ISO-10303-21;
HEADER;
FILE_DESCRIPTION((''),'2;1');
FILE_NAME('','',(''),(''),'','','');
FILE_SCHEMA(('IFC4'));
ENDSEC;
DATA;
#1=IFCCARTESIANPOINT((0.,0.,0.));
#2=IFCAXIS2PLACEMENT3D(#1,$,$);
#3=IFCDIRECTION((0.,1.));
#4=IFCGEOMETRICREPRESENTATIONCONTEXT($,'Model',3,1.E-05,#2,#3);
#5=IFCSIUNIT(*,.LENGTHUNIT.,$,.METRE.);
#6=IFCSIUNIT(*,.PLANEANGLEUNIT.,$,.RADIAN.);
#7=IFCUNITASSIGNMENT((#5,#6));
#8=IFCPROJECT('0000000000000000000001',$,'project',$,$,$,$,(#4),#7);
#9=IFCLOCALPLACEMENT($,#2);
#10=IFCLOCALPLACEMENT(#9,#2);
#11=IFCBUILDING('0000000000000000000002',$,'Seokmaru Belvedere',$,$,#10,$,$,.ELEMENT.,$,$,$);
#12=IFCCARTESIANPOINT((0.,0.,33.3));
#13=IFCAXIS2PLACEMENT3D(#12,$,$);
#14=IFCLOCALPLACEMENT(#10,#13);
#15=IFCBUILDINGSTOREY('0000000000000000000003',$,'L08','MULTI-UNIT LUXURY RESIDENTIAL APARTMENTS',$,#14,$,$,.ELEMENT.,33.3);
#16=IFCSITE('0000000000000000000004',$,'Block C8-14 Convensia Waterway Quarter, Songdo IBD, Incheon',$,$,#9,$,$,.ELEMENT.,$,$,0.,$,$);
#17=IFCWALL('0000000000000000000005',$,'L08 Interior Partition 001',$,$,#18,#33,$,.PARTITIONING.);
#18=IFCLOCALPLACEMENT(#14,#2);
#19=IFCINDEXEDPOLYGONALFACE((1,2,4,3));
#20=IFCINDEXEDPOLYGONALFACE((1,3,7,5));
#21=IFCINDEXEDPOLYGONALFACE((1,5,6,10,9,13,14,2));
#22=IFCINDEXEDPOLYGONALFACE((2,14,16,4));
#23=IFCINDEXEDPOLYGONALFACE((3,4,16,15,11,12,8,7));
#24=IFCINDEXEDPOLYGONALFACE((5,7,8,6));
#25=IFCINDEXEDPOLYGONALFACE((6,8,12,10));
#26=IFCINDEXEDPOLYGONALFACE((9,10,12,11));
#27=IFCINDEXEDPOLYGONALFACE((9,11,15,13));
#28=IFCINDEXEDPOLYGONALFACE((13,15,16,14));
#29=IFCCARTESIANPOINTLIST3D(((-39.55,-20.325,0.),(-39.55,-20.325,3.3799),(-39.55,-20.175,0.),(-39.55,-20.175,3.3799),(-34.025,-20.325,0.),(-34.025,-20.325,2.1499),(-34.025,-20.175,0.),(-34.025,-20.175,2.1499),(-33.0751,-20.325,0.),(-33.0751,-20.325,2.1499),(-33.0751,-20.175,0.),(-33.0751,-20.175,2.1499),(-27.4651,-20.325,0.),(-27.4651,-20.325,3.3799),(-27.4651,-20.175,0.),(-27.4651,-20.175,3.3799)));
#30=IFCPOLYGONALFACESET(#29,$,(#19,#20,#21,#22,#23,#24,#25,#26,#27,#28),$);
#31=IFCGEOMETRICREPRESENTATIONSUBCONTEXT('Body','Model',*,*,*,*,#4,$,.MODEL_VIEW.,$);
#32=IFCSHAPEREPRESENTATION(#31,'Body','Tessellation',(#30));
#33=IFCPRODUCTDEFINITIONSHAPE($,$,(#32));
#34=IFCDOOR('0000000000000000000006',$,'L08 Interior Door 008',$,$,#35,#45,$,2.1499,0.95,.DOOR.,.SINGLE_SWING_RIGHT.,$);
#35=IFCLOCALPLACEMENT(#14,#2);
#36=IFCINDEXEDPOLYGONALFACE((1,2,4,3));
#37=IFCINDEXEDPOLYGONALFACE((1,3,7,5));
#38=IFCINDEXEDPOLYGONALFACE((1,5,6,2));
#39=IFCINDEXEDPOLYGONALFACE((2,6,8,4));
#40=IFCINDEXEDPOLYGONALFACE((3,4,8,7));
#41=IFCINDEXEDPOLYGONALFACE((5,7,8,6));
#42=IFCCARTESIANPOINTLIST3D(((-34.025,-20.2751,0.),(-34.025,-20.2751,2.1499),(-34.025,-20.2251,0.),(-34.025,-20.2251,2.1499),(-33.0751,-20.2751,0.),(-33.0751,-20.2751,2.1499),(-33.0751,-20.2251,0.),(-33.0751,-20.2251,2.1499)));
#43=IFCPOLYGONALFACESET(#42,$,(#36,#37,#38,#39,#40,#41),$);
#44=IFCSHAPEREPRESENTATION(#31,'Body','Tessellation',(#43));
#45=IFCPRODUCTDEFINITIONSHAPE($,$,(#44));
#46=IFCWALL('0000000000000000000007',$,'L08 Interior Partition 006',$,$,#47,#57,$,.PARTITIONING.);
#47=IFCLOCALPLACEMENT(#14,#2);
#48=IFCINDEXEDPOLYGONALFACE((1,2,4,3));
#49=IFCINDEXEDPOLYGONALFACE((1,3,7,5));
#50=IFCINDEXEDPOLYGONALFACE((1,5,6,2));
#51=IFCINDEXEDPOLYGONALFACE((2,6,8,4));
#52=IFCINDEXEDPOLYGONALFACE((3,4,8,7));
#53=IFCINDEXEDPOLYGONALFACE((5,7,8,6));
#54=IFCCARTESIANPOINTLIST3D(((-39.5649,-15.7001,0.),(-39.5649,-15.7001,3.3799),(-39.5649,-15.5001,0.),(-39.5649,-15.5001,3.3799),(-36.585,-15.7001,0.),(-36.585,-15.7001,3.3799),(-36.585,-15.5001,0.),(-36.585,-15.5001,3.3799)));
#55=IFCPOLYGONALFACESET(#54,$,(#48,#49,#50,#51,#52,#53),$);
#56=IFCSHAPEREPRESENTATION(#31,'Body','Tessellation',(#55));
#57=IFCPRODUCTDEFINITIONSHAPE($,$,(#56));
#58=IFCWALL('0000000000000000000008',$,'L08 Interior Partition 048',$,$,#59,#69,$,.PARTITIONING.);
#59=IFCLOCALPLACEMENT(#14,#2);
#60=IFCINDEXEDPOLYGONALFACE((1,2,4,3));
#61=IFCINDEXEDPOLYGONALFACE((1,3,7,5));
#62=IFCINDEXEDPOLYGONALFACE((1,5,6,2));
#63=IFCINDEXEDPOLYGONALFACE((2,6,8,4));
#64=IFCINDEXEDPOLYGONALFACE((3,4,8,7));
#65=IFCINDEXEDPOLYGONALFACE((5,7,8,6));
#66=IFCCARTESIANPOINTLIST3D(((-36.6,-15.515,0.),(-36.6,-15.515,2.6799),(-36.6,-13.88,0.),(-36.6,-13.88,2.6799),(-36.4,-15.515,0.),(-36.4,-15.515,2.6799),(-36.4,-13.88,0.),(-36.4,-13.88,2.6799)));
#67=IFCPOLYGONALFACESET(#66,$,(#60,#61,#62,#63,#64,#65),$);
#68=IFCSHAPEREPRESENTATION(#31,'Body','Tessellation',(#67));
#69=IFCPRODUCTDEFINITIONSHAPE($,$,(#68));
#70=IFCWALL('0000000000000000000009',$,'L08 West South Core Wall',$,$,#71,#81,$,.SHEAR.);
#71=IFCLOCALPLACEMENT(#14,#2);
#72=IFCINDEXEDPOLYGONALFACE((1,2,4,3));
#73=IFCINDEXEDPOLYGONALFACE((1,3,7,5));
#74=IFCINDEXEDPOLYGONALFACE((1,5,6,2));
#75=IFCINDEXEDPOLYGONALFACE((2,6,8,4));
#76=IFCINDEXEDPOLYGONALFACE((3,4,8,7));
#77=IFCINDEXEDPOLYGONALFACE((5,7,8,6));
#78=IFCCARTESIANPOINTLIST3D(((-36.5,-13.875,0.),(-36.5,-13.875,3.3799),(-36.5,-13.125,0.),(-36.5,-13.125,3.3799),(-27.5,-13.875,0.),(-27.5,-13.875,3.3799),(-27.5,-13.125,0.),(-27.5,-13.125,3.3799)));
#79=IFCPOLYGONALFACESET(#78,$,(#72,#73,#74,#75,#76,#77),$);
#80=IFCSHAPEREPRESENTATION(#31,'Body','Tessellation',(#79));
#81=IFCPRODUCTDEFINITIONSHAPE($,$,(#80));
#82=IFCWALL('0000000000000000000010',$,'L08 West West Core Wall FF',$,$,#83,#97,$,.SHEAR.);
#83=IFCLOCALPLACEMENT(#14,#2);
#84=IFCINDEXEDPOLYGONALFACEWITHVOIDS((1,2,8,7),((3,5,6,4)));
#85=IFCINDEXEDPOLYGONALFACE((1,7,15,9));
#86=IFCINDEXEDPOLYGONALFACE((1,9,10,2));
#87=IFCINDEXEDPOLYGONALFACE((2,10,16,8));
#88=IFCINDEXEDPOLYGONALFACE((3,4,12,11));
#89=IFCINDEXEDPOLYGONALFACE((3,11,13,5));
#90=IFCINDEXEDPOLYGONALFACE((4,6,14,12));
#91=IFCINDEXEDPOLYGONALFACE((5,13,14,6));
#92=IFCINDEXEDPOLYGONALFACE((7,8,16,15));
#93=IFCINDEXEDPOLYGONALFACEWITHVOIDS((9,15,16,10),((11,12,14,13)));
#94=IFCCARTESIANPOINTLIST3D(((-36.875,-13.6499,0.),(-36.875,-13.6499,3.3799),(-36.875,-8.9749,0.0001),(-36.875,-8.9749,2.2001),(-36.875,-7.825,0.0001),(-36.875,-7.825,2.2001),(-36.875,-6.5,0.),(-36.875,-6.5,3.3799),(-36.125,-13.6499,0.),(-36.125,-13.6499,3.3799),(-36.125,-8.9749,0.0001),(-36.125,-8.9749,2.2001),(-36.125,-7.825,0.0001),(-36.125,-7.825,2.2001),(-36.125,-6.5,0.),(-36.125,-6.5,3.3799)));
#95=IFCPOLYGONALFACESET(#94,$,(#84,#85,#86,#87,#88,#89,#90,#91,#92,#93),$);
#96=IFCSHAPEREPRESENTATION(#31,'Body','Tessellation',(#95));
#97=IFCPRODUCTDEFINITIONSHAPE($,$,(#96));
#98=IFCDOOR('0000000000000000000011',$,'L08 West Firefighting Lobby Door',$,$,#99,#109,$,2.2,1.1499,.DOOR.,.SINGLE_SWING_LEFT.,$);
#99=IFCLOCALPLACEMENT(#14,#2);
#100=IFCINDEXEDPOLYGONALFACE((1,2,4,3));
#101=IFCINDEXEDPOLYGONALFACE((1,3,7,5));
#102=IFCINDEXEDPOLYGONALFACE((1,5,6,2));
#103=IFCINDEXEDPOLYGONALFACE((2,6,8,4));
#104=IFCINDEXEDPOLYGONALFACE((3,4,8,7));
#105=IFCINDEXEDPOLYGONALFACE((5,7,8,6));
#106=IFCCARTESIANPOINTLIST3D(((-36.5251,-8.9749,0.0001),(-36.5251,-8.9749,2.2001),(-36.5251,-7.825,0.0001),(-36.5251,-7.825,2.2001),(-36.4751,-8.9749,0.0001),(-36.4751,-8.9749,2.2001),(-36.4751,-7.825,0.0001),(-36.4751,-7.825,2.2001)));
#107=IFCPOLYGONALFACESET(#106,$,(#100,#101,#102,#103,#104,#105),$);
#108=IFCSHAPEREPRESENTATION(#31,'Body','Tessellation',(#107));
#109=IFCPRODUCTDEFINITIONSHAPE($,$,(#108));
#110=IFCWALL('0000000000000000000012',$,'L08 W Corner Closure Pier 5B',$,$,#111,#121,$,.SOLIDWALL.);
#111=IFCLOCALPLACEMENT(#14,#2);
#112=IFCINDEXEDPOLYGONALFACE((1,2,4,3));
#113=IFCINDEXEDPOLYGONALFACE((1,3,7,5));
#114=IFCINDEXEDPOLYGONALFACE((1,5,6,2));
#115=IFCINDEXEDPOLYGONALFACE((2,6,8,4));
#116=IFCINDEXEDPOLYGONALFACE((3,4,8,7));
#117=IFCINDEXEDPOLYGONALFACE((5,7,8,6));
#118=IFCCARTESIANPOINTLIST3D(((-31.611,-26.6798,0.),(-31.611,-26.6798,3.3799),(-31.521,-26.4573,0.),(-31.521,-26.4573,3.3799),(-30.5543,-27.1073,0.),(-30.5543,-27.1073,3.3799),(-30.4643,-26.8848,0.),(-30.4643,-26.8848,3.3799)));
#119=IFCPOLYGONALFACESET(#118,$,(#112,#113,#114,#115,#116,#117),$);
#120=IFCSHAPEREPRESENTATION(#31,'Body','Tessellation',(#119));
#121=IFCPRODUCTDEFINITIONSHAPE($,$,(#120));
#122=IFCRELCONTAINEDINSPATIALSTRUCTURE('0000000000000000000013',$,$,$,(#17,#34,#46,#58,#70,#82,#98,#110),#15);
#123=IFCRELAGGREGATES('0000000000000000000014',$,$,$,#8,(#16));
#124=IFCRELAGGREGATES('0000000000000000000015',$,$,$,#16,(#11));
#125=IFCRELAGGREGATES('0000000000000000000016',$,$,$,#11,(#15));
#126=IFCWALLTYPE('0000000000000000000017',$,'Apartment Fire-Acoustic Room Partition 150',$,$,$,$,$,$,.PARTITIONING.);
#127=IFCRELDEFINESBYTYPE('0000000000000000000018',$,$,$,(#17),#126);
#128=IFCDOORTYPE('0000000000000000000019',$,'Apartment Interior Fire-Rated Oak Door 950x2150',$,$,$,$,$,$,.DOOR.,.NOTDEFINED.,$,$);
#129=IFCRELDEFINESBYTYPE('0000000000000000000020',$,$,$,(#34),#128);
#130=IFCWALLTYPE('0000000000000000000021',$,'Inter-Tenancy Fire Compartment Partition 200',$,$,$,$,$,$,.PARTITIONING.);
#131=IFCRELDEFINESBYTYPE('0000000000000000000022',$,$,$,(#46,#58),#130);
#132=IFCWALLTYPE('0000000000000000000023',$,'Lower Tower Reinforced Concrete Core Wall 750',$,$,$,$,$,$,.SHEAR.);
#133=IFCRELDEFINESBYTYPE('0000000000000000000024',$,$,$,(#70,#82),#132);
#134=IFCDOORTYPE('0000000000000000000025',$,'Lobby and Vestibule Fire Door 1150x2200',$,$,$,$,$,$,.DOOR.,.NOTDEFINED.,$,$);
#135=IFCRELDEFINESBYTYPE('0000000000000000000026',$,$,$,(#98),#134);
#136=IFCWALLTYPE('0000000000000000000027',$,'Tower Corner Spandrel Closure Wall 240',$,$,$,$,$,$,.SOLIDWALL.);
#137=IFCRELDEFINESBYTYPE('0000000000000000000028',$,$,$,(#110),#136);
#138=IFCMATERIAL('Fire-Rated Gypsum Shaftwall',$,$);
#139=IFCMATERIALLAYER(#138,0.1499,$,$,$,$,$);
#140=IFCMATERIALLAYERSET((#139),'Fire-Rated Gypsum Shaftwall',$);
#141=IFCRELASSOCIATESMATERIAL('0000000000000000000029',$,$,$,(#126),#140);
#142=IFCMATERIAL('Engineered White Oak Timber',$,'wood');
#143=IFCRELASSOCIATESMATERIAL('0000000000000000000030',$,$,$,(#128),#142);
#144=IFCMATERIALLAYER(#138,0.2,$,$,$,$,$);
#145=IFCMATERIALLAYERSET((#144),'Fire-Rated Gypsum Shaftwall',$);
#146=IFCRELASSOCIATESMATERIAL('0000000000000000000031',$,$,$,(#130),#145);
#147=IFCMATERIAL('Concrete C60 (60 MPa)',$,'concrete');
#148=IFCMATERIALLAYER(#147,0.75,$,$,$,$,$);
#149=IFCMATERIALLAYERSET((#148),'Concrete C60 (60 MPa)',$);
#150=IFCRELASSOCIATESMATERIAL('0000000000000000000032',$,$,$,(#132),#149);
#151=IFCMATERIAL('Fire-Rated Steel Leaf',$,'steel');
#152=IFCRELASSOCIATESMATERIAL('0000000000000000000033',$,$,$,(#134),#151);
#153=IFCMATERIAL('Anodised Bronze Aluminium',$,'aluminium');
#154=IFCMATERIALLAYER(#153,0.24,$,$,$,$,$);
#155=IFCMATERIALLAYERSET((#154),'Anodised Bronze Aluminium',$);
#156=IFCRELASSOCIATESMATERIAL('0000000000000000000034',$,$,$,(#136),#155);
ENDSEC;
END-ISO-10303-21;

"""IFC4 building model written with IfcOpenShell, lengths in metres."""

from ifc_helpers import new_model, si_unit, direction, frame, frame_2d, origin, place, context, subcontext, project, spatial, rectangle, extrude, source, transform, mapped, material, layer, layer_set, type_object, type_shapes, element, fill, save


model = new_model("IFC4")

# Units and contexts
model_context = context("Model", 3, precision=1e-05, world=origin(), true_north=direction((0.0, 1.0)))
body_context = subcontext(model_context, "Body", "Model", "MODEL_VIEW")
ifc_project = project(units=[si_unit("LENGTHUNIT", "METRE"), si_unit("PLANEANGLEUNIT", "RADIAN")], contexts=[model_context])

# Site, building, storey
site_placement = place(None, origin())
site = spatial("IfcSite", under=ifc_project, at=site_placement, Name="Block C8-14 Convensia Waterway Quarter, Songdo IBD, Incheon", CompositionType="ELEMENT", RefElevation=0.0)
building_placement = place(site_placement, origin())
building = spatial("IfcBuilding", under=site, at=building_placement, Name="Seokmaru Belvedere", CompositionType="ELEMENT")
storey_placement = place(building_placement, frame((0.0, 0.0, 33.3)))
storey = spatial("IfcBuildingStorey", under=building, at=storey_placement, Name="L08", Description="MULTI-UNIT LUXURY RESIDENTIAL APARTMENTS", CompositionType="ELEMENT", Elevation=33.3)

# Shared definitions
ifc_material_1 = material(Name="Anodised Bronze Aluminium", Category="aluminium")

# Wall, opening, door
ifc_material_2 = material(Name="Fire-Rated Gypsum Shaftwall")
ifc_layer_1 = layer(ifc_material_2, 0.1499)
ifc_layer_set_1 = layer_set([ifc_layer_1], Name="Fire-Rated Gypsum Shaftwall")
wall_type_1 = type_object("IfcWallType", Name="Apartment Fire-Acoustic Room Partition 150", PredefinedType="PARTITIONING", material=ifc_layer_set_1)
wall_1_placement = place(storey_placement, frame((-39.55, -20.25, 0.0), z_axis=(0.0, 0.0, 1.0), x_axis=(1.0, 0.0, 0.0)))
wall_1 = element("IfcWall", 1, at=wall_1_placement, inside=storey, type_object=wall_type_1, Name="L08 Interior Partition 001", PredefinedType="PARTITIONING", context=body_context, shape_type="SweptSolid", body=[
    extrude(rectangle(XDim=12.085, YDim=0.1499, at=frame_2d((6.0425, 0.0))), origin(), (0.0, 0.0, 1.0), 3.3799),
])
opening_1_placement = place(wall_1_placement, frame((5.5249, 0.0, 0.0)))
opening_1 = element("IfcOpeningElement", 2, at=opening_1_placement, cuts=wall_1, PredefinedType="OPENING", context=body_context, shape_type="SweptSolid", body=[
    extrude(rectangle(XDim=0.95, YDim=2.1499, at=frame_2d((0.4751, 1.075))), frame((0.0, 0.085, 0.0), z_axis=(0.0, -1.0, 0.0), x_axis=(1.0, 0.0, 0.0)), (0.0, 0.0, 1.0), 0.1699),
])
ifc_material_3 = material(Name="Engineered White Oak Timber", Category="wood")
door_type_1 = type_object("IfcDoorType", Name="Apartment Interior Fire-Rated Oak Door 950x2150", OperationType="NOTDEFINED", PredefinedType="DOOR", material=ifc_material_3)
shared_shape_1 = source(origin(), body_context, "Body", "SweptSolid", [
    extrude(rectangle(XDim=0.95, YDim=2.1499, at=frame_2d((0.4751, 1.075))), frame((0.0, 0.0249, 0.0), z_axis=(0.0, -1.0, 0.0), x_axis=(1.0, 0.0, 0.0)), (0.0, 0.0, 1.0), 0.05),
])
type_shapes(door_type_1, [shared_shape_1])
door_1_placement = place(opening_1_placement, origin())
door_1 = element("IfcDoor", 3, at=door_1_placement, inside=storey, type_object=door_type_1, Name="L08 Interior Door 008", OperationType="SINGLE_SWING_RIGHT", OverallHeight=2.1499, OverallWidth=0.95, PredefinedType="DOOR", context=body_context, shape_type="MappedRepresentation", body=[
    mapped(shared_shape_1, transform((0.0, 0.0, 0.0), scale=1.0)),
])
fill(opening_1, door_1)

# Walls
ifc_layer_2 = layer(ifc_material_2, 0.2)
ifc_layer_set_2 = layer_set([ifc_layer_2], Name="Fire-Rated Gypsum Shaftwall")
wall_type_2 = type_object("IfcWallType", Name="Inter-Tenancy Fire Compartment Partition 200", PredefinedType="PARTITIONING", material=ifc_layer_set_2)
wall_2_placement = place(storey_placement, frame((-39.5649, -15.6001, 0.0), z_axis=(0.0, 0.0, 1.0), x_axis=(1.0, 0.0, 0.0)))
element("IfcWall", 4, at=wall_2_placement, inside=storey, type_object=wall_type_2, Name="L08 Interior Partition 006", PredefinedType="PARTITIONING", context=body_context, shape_type="SweptSolid", body=[
    extrude(rectangle(XDim=2.98, YDim=0.2, at=frame_2d((1.49, 0.0))), origin(), (0.0, 0.0, 1.0), 3.3799),
])
wall_3_placement = place(storey_placement, frame((-36.5, -15.5149, 0.0), z_axis=(0.0, 0.0, 1.0), x_axis=(0.0, 1.0, 0.0)))
element("IfcWall", 5, at=wall_3_placement, inside=storey, type_object=wall_type_2, Name="L08 Interior Partition 048", PredefinedType="PARTITIONING", context=body_context, shape_type="SweptSolid", body=[
    extrude(rectangle(XDim=1.635, YDim=0.2, at=frame_2d((0.8174, 0.0))), origin(), (0.0, 0.0, 1.0), 2.6799),
])
ifc_material_4 = material(Name="Concrete C60 (60 MPa)", Category="concrete")
ifc_layer_3 = layer(ifc_material_4, 0.75)
ifc_layer_set_3 = layer_set([ifc_layer_3], Name="Concrete C60 (60 MPa)")
wall_type_3 = type_object("IfcWallType", Name="Lower Tower Reinforced Concrete Core Wall 750", PredefinedType="SHEAR", material=ifc_layer_set_3)
wall_4_placement = place(storey_placement, frame((-36.5, -13.5, 0.0), z_axis=(0.0, 0.0, 1.0), x_axis=(1.0, 0.0, 0.0)))
element("IfcWall", 6, at=wall_4_placement, inside=storey, type_object=wall_type_3, Name="L08 West South Core Wall", PredefinedType="SHEAR", context=body_context, shape_type="SweptSolid", body=[
    extrude(rectangle(XDim=9.0, YDim=0.75, at=frame_2d((4.5, 0.0))), origin(), (0.0, 0.0, 1.0), 3.3799),
])

# Wall, opening, door
wall_5_placement = place(storey_placement, frame((-36.5, -13.6499, 0.0), z_axis=(0.0, 0.0, 1.0), x_axis=(0.0, 1.0, 0.0)))
wall_5 = element("IfcWall", 7, at=wall_5_placement, inside=storey, type_object=wall_type_3, Name="L08 West West Core Wall FF", PredefinedType="SHEAR", context=body_context, shape_type="SweptSolid", body=[
    extrude(rectangle(XDim=7.1499, YDim=0.75, at=frame_2d((3.575, 0.0))), origin(), (0.0, 0.0, 1.0), 3.3799),
])
opening_2_placement = place(wall_5_placement, frame((4.675, 0.0, 0.0)))
opening_2 = element("IfcOpeningElement", 8, at=opening_2_placement, cuts=wall_5, PredefinedType="OPENING", context=body_context, shape_type="SweptSolid", body=[
    extrude(rectangle(XDim=1.1499, YDim=2.2, at=frame_2d((0.575, 1.1001))), frame((0.0, 0.385, 0.0), z_axis=(0.0, -1.0, 0.0), x_axis=(1.0, 0.0, 0.0)), (0.0, 0.0, 1.0), 0.77),
])
ifc_material_5 = material(Name="Fire-Rated Steel Leaf", Category="steel")
door_type_2 = type_object("IfcDoorType", Name="Lobby and Vestibule Fire Door 1150x2200", OperationType="NOTDEFINED", PredefinedType="DOOR", material=ifc_material_5)
shared_shape_2 = source(origin(), body_context, "Body", "SweptSolid", [
    extrude(rectangle(XDim=1.1499, YDim=2.2, at=frame_2d((0.575, 1.1001))), frame((0.0, 0.0249, 0.0), z_axis=(0.0, -1.0, 0.0), x_axis=(1.0, 0.0, 0.0)), (0.0, 0.0, 1.0), 0.05),
])
type_shapes(door_type_2, [shared_shape_2])
door_2_placement = place(opening_2_placement, frame((1.1499, 0.0, 0.0), z_axis=(0.0, 0.0, 1.0), x_axis=(-1.0, 0.0, 0.0)))
door_2 = element("IfcDoor", 9, at=door_2_placement, inside=storey, type_object=door_type_2, Name="L08 West Firefighting Lobby Door", OperationType="SINGLE_SWING_LEFT", OverallHeight=2.2, OverallWidth=1.1499, PredefinedType="DOOR", context=body_context, shape_type="MappedRepresentation", body=[
    mapped(shared_shape_2, transform((0.0, 0.0, 0.0), scale=1.0)),
])
fill(opening_2, door_2)

# Wall
ifc_layer_4 = layer(ifc_material_1, 0.24)
ifc_layer_set_4 = layer_set([ifc_layer_4], Name="Anodised Bronze Aluminium")
wall_type_4 = type_object("IfcWallType", Name="Tower Corner Spandrel Closure Wall 240", PredefinedType="SOLIDWALL", material=ifc_layer_set_4)
wall_6_placement = place(storey_placement, frame((-31.5659, -26.5686, 0.0), z_axis=(0.0, 0.0, 1.0), x_axis=(0.927007, -0.375044, 0.0)))
element("IfcWall", 10, at=wall_6_placement, inside=storey, type_object=wall_type_4, Name="L08 W Corner Closure Pier 5B", PredefinedType="SOLIDWALL", context=body_context, shape_type="SweptSolid", body=[
    extrude(rectangle(XDim=1.1399, YDim=0.24, at=frame_2d((0.5698, 0.0))), origin(), (0.0, 0.0, 1.0), 3.3799),
])

save(model, "model.ifc")
